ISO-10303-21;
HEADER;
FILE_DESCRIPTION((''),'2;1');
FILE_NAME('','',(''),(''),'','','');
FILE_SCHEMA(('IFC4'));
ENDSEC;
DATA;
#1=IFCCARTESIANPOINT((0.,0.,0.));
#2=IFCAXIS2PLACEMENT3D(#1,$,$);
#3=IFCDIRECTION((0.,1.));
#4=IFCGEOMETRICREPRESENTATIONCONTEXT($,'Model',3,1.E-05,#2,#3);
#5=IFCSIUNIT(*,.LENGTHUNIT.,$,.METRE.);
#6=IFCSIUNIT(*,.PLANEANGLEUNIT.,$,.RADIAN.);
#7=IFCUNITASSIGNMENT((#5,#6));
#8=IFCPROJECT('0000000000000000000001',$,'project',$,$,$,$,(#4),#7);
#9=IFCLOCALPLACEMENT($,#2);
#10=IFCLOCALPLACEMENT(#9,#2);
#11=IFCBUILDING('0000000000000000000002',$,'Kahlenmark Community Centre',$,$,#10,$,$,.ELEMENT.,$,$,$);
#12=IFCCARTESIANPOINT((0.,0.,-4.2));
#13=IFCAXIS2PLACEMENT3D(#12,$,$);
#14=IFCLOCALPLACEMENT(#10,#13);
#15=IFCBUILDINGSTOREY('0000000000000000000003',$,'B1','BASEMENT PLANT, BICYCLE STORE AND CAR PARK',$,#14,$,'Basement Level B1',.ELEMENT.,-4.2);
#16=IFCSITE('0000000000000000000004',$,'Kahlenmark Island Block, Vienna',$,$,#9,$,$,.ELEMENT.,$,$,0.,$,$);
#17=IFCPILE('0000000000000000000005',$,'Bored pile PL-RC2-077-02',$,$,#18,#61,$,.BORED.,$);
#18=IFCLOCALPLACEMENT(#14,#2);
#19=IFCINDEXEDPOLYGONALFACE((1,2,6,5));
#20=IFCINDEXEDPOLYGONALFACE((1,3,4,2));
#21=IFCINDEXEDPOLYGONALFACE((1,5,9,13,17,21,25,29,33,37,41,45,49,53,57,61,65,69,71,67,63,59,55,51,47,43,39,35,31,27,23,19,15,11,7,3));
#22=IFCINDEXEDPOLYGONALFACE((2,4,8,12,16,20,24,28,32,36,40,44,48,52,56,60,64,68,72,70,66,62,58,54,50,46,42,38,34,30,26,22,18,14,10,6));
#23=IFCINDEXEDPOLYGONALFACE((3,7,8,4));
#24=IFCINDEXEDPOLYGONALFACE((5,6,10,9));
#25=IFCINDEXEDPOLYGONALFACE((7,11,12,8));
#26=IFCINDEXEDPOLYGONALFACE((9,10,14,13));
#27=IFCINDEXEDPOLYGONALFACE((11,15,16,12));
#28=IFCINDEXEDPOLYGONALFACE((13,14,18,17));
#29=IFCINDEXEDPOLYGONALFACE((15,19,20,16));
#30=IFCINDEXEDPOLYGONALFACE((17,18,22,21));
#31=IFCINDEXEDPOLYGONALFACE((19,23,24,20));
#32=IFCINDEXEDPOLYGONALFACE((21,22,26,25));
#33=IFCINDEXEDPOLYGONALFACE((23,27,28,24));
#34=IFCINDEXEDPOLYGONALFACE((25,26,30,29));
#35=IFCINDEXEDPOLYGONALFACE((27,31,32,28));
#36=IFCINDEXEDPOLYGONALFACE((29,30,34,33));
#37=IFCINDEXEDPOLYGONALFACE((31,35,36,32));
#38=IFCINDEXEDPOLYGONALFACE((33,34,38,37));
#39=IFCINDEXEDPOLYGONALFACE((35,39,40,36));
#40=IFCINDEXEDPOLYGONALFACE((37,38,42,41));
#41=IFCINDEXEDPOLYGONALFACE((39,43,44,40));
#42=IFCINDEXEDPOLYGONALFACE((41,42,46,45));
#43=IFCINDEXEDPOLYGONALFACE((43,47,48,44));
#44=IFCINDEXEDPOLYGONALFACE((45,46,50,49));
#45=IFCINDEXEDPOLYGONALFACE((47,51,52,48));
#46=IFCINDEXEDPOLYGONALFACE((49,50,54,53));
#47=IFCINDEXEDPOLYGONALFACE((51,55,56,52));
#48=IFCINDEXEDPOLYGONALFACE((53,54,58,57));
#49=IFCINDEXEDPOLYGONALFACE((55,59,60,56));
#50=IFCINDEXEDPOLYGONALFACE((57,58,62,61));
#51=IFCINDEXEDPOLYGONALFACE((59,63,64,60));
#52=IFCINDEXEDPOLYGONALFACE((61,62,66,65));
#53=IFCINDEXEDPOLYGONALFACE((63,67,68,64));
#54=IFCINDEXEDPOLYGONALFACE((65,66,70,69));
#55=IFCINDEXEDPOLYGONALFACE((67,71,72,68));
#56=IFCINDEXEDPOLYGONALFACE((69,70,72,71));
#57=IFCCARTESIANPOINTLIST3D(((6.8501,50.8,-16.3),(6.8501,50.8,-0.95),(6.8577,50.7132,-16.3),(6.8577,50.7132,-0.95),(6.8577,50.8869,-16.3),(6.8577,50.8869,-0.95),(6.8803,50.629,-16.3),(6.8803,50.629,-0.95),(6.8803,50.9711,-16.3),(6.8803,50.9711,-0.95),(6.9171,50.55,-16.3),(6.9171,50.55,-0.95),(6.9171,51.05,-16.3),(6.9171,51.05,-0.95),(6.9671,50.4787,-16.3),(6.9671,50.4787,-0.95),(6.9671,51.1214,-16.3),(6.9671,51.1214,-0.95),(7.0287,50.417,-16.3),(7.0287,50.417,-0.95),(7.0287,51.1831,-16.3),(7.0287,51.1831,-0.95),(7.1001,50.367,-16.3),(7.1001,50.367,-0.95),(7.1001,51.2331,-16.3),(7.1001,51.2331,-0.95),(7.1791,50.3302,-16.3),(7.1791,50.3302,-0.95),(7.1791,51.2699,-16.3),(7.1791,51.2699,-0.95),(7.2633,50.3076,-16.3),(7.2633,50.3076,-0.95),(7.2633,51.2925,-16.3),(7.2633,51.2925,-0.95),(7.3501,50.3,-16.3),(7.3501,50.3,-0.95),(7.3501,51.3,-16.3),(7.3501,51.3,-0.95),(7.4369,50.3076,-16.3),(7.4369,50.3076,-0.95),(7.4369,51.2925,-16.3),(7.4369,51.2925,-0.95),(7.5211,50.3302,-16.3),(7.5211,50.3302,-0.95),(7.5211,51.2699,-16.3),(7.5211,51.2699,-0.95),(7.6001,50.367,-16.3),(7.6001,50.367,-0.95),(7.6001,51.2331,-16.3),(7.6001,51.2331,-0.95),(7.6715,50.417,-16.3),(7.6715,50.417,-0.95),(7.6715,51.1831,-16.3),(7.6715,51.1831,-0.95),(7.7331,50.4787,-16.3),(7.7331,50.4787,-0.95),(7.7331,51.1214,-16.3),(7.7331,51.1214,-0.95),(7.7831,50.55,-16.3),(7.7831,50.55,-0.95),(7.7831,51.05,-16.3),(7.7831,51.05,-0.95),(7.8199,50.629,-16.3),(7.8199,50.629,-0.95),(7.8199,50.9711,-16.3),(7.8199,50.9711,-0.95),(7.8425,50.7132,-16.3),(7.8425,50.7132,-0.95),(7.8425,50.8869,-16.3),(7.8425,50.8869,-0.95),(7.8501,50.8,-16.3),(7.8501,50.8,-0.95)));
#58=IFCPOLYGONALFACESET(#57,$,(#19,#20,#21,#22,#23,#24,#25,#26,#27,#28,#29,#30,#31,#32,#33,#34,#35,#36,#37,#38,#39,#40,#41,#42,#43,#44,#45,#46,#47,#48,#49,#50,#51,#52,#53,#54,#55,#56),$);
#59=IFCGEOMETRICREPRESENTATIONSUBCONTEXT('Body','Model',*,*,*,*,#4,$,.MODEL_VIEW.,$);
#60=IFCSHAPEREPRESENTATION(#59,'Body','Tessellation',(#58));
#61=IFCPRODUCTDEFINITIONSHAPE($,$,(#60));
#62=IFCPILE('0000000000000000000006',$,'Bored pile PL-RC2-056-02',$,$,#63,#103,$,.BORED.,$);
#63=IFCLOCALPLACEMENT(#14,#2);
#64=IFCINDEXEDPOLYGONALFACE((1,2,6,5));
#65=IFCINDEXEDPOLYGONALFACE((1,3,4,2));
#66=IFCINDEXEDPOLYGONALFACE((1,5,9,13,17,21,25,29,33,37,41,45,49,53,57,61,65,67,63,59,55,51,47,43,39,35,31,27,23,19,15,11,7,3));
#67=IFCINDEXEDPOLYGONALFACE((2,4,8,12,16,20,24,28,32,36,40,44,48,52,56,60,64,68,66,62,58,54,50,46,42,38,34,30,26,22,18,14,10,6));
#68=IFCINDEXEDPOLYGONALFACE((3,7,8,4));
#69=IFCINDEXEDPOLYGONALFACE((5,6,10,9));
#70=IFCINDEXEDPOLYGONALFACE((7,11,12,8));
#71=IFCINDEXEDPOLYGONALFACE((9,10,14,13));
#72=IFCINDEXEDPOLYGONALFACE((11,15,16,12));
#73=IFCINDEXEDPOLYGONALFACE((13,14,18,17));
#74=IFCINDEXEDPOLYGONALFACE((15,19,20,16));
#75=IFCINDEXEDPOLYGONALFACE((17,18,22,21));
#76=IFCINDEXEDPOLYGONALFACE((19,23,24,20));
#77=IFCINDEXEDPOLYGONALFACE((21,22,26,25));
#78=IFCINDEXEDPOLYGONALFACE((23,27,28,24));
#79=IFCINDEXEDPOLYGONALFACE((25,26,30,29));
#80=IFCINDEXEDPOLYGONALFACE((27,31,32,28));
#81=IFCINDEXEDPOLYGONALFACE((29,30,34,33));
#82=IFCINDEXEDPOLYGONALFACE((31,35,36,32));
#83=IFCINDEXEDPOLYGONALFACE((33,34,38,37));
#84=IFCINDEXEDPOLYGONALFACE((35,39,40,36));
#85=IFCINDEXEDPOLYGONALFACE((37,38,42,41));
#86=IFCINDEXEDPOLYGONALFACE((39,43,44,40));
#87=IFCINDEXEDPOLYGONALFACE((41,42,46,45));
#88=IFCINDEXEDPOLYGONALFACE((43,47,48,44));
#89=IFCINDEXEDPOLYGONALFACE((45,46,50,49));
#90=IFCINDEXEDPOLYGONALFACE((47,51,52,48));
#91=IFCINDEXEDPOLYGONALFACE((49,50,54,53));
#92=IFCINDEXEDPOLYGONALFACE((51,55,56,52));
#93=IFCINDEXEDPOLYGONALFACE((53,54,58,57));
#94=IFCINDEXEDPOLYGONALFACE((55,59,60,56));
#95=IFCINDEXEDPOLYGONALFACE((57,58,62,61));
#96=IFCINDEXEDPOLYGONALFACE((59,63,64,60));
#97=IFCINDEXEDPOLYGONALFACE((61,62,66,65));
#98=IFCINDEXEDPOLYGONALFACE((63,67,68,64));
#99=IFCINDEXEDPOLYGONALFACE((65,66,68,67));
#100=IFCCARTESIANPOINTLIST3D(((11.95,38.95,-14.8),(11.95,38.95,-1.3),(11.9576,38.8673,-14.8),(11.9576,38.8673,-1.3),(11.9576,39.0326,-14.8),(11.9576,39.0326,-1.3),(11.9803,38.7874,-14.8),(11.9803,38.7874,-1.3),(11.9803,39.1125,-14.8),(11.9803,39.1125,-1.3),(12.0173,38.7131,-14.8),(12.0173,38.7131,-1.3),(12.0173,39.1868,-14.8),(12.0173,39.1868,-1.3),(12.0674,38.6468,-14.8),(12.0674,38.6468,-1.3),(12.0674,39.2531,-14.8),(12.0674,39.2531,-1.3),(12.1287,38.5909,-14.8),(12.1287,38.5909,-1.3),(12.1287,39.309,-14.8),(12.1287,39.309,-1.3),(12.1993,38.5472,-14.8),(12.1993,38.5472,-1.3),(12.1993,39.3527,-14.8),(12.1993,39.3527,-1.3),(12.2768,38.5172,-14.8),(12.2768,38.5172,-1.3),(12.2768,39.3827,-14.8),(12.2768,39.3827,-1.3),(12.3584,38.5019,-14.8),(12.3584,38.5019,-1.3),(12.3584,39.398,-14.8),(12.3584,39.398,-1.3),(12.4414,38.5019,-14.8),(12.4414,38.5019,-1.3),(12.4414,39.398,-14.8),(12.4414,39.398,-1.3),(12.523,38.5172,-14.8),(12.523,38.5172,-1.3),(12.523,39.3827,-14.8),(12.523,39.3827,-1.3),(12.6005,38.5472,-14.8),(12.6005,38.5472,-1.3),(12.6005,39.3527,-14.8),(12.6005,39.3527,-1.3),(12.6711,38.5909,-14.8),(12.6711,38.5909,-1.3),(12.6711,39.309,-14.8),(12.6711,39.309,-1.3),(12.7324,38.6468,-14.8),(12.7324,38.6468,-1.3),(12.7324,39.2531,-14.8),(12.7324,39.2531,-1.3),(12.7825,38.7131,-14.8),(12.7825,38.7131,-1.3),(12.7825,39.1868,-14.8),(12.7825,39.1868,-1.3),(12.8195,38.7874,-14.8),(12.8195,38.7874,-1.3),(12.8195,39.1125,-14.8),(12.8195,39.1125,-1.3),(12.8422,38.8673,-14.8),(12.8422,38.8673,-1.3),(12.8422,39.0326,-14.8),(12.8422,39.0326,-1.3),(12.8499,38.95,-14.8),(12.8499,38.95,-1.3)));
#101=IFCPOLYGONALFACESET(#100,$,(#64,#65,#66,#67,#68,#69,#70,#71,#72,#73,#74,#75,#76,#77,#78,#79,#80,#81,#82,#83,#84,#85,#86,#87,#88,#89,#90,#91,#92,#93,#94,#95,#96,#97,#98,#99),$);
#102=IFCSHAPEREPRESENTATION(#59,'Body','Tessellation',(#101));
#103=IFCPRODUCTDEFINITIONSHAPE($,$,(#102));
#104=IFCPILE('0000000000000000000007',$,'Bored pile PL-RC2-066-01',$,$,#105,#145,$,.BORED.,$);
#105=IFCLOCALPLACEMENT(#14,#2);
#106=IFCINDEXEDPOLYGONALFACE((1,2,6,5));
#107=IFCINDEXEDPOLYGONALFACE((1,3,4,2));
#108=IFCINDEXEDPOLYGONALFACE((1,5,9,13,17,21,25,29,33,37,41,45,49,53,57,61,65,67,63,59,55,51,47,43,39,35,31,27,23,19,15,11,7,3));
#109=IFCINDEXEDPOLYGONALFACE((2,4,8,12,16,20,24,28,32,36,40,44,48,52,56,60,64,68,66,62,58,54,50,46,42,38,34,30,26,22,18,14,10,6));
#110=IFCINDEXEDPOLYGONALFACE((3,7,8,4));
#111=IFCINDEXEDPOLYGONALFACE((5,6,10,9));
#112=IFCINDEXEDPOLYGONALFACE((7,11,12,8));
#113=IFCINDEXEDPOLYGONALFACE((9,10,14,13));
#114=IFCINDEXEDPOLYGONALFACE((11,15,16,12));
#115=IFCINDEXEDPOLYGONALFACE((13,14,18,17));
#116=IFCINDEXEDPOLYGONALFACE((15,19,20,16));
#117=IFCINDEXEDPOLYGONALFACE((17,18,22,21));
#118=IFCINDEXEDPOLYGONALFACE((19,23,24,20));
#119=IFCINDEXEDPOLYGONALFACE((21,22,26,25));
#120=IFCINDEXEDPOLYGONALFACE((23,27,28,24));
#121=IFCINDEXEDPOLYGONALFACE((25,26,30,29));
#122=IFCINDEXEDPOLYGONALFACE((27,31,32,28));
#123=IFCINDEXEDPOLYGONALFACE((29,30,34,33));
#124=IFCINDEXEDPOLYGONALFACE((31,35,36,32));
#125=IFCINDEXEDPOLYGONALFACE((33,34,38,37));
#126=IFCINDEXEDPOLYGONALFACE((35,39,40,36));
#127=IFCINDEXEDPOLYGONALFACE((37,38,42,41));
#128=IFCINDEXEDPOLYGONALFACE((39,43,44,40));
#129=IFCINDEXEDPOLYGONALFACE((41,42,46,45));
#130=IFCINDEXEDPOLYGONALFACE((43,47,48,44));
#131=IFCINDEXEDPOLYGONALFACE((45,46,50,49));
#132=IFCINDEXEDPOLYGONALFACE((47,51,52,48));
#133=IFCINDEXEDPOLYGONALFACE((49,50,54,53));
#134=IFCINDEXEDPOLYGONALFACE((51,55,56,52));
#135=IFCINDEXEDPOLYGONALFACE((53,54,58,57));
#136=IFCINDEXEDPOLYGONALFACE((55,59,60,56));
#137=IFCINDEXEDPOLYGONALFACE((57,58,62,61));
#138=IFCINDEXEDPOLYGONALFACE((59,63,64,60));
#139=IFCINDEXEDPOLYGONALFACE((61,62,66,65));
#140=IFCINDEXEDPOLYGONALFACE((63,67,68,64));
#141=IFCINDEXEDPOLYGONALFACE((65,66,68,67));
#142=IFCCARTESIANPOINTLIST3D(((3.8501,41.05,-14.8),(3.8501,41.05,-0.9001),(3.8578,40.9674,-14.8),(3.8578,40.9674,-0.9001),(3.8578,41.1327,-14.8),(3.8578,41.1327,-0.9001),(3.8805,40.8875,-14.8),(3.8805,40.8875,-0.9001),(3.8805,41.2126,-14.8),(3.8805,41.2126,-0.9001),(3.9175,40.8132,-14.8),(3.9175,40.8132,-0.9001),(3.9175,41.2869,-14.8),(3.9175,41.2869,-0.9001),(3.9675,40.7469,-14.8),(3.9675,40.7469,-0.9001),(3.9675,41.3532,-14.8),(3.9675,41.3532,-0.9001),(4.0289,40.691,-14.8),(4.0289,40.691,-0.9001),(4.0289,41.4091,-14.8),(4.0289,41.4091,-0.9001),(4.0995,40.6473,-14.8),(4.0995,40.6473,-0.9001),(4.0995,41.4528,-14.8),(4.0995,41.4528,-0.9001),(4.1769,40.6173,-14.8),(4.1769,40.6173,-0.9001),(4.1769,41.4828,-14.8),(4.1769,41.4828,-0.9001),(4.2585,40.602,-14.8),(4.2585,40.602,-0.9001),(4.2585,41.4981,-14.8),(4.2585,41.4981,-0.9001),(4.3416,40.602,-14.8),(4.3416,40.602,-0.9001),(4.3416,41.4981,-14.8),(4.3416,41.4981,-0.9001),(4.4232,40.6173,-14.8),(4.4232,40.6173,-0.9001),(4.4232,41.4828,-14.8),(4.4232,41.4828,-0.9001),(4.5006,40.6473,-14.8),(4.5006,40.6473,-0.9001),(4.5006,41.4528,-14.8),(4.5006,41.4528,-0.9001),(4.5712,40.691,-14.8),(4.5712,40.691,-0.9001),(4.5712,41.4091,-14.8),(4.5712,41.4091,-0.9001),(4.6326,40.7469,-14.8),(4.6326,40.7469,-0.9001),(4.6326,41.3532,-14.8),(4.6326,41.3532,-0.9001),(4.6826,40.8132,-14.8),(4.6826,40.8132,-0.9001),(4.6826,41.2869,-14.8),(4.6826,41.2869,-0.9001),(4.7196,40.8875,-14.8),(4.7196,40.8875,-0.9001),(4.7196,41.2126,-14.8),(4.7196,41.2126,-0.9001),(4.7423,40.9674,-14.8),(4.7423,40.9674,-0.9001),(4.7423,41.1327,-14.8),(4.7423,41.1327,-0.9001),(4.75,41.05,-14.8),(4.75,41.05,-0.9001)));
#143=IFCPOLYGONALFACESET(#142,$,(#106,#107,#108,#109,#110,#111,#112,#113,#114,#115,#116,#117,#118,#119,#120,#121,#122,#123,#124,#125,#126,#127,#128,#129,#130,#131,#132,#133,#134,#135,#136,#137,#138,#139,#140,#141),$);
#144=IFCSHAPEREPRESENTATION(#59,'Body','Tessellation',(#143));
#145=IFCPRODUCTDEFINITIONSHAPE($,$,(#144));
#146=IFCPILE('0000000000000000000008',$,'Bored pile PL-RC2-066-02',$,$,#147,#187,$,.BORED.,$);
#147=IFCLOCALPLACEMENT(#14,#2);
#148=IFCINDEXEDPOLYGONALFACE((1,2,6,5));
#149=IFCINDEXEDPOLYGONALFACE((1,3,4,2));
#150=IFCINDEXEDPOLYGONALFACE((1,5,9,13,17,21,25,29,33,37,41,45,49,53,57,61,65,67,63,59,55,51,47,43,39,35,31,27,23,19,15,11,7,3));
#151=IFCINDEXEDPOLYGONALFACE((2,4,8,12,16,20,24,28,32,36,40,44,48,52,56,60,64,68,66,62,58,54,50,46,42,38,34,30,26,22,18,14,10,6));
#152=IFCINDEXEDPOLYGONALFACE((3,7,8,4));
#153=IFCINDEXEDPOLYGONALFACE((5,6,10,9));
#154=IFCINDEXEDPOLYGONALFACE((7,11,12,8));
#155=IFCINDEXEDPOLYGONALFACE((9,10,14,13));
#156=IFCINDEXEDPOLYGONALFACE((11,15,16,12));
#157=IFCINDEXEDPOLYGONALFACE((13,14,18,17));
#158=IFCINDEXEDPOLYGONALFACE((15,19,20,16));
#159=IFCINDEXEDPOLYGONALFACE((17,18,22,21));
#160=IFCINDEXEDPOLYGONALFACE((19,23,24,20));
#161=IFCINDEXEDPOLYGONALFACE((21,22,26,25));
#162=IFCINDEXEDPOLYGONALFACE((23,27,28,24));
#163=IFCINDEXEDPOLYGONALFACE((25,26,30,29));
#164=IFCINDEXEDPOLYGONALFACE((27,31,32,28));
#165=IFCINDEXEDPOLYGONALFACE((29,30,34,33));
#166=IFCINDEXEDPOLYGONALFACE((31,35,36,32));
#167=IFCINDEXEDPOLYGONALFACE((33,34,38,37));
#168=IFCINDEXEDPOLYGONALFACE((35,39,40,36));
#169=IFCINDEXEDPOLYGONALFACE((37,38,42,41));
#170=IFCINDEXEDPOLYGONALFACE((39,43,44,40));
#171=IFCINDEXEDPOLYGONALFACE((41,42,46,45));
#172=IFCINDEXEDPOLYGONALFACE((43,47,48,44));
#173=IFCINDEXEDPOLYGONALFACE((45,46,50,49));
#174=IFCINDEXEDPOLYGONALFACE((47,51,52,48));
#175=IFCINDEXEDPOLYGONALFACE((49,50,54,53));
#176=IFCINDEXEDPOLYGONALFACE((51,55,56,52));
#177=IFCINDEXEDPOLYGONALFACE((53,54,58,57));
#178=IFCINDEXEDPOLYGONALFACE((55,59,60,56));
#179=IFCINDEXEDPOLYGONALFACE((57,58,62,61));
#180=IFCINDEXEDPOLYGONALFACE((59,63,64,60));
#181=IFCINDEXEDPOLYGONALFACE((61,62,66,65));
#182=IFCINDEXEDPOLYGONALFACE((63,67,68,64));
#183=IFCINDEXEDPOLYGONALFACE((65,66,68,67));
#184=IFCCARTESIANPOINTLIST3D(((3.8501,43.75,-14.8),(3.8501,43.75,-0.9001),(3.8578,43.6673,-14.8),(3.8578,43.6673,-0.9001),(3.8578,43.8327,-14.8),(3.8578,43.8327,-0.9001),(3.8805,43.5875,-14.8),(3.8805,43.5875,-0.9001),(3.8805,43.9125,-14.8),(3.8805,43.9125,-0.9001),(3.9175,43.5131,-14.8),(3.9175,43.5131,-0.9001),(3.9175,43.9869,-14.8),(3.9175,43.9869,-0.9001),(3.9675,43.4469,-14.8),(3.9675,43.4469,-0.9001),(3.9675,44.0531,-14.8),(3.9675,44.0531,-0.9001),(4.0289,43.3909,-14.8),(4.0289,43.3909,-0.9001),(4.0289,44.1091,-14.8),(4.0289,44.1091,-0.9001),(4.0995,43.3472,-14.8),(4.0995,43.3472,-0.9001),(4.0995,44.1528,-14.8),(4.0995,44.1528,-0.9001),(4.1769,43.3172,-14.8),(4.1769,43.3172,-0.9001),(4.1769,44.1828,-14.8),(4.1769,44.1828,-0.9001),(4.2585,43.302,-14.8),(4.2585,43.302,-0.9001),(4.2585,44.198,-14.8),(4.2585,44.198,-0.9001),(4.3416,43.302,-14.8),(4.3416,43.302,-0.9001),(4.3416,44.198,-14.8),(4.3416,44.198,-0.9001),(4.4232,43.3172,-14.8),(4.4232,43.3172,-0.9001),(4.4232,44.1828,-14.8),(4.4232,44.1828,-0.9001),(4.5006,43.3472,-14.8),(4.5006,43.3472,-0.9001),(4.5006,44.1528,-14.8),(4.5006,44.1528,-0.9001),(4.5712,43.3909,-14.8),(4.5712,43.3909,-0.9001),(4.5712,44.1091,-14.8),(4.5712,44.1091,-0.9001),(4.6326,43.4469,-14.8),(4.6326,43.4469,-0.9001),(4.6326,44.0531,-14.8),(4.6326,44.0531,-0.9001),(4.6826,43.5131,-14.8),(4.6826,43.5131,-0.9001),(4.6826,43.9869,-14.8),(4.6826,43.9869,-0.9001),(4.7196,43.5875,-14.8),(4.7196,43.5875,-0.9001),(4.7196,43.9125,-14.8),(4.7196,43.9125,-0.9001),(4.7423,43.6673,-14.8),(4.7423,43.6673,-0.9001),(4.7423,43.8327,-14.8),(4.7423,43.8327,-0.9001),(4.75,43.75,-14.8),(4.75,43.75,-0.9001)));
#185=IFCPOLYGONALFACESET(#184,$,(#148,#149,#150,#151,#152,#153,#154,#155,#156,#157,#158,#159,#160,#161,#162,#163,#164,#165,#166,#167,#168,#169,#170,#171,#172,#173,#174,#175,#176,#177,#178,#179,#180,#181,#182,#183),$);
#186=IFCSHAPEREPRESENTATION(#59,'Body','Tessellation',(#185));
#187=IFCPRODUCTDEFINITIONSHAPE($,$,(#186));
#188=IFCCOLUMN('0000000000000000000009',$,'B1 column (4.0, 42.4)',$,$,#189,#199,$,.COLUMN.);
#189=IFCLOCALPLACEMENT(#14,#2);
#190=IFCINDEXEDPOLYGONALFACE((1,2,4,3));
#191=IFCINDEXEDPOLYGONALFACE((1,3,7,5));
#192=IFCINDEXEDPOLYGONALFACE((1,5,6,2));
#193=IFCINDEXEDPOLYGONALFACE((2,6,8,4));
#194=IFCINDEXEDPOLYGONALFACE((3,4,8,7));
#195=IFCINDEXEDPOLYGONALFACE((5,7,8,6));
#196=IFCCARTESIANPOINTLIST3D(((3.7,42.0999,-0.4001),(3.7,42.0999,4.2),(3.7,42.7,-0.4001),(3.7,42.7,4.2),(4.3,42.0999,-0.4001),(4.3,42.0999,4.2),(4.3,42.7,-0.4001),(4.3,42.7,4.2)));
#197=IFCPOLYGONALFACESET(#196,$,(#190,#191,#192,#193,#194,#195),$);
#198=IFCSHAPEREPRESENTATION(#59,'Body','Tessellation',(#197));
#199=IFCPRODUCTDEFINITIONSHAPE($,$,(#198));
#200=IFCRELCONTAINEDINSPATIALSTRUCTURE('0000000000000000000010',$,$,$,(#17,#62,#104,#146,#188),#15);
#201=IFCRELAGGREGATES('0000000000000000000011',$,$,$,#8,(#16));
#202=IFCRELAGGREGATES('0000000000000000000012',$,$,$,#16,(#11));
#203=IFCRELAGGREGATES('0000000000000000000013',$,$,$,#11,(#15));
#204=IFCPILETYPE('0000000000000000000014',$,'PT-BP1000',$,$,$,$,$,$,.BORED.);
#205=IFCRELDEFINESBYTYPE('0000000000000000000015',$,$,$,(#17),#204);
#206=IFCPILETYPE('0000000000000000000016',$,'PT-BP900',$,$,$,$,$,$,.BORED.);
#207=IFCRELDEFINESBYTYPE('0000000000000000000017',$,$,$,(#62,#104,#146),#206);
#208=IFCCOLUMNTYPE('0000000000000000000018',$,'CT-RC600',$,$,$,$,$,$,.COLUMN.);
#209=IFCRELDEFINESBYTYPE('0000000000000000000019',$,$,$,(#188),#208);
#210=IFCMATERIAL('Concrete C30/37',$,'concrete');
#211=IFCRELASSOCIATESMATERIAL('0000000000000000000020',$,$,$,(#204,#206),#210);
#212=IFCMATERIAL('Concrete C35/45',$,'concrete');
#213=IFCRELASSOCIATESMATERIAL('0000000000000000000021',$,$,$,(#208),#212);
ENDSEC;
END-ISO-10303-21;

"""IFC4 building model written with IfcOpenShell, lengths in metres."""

from ifc_helpers import new_model, si_unit, direction, frame, origin, origin_2d, place, context, subcontext, project, spatial, rectangle, circle, extrude, material, material_profile, profile_set, type_object, element, save


model = new_model("IFC4")

# Units and contexts
model_context = context("Model", 3, precision=1e-05, world=origin(), true_north=direction((0.0, 1.0)))
body_context = subcontext(model_context, "Body", "Model", "MODEL_VIEW")
ifc_project = project(units=[si_unit("LENGTHUNIT", "METRE"), si_unit("PLANEANGLEUNIT", "RADIAN")], contexts=[model_context])

# Site, building, storey
site_placement = place(None, origin())
site = spatial("IfcSite", under=ifc_project, at=site_placement, Name="Kahlenmark Island Block, Vienna", CompositionType="ELEMENT", RefElevation=0.0)
building_placement = place(site_placement, origin())
building = spatial("IfcBuilding", under=site, at=building_placement, Name="Kahlenmark Community Centre", CompositionType="ELEMENT")
storey_placement = place(building_placement, frame((0.0, 0.0, -4.2)))
storey = spatial("IfcBuildingStorey", under=building, at=storey_placement, Name="B1", Description="BASEMENT PLANT, BICYCLE STORE AND CAR PARK", LongName="Basement Level B1", CompositionType="ELEMENT", Elevation=-4.2)

# Shared definitions
ifc_material_1 = material(Name="Concrete C30/37", Category="concrete")

# Piles
ifc_material_profile_1 = material_profile(ifc_material_1, circle(Radius=0.5, at=origin_2d()), Name="BORED PILE 1000")
ifc_profile_set_1 = profile_set([ifc_material_profile_1], Name="Concrete C30/37")
pile_type_1 = type_object("IfcPileType", Name="PT-BP1000", PredefinedType="BORED", material=ifc_profile_set_1)
for number, where, z_axis, x_axis, name in (
    (1, (7.3501, 50.8, -0.95), (0.0, 0.0, -1.0), (1.0, 0.0, 0.0), "Bored pile PL-RC2-077-02"),
):
    element("IfcPile", number, at=place(storey_placement, frame(where, z_axis=z_axis, x_axis=x_axis)), inside=storey, type_object=pile_type_1, Name=name, PredefinedType="BORED", context=body_context, shape_type="SweptSolid", body=[
        extrude(circle(Radius=0.5, at=origin_2d()), origin(), (0.0, 0.0, 1.0), 15.3501),
    ])
ifc_material_profile_2 = material_profile(ifc_material_1, circle(Radius=0.45, at=origin_2d()), Name="BORED PILE 900")
ifc_profile_set_2 = profile_set([ifc_material_profile_2], Name="Concrete C30/37")
pile_type_2 = type_object("IfcPileType", Name="PT-BP900", PredefinedType="BORED", material=ifc_profile_set_2)
pile_placement = place(storey_placement, frame((12.3999, 38.95, -1.3), z_axis=(0.0, 0.0, -1.0), x_axis=(1.0, 0.0, 0.0)))
element("IfcPile", 2, at=pile_placement, inside=storey, type_object=pile_type_2, Name="Bored pile PL-RC2-056-02", PredefinedType="BORED", context=body_context, shape_type="SweptSolid", body=[
    extrude(circle(Radius=0.45, at=origin_2d()), origin(), (0.0, 0.0, 1.0), 13.5),
])
for number, where, z_axis, x_axis, name in (
    (3, (4.3, 41.05, -0.9001), (0.0, 0.0, -1.0), (1.0, 0.0, 0.0), "Bored pile PL-RC2-066-01"),
    (4, (4.3, 43.75, -0.9001), (0.0, 0.0, -1.0), (1.0, 0.0, 0.0), "Bored pile PL-RC2-066-02"),
):
    element("IfcPile", number, at=place(storey_placement, frame(where, z_axis=z_axis, x_axis=x_axis)), inside=storey, type_object=pile_type_2, Name=name, PredefinedType="BORED", context=body_context, shape_type="SweptSolid", body=[
        extrude(circle(Radius=0.45, at=origin_2d()), origin(), (0.0, 0.0, 1.0), 13.8999),
    ])

# Column
ifc_material_2 = material(Name="Concrete C35/45", Category="concrete")
ifc_material_profile_3 = material_profile(ifc_material_2, rectangle(XDim=0.6001, YDim=0.6001, at=origin_2d()), Name="RC 600x600")
ifc_profile_set_3 = profile_set([ifc_material_profile_3], Name="Concrete C35/45")
column_type = type_object("IfcColumnType", Name="CT-RC600", PredefinedType="COLUMN", material=ifc_profile_set_3)
for number, where, z_axis, x_axis, name in (
    (5, (4.0, 42.3999, -0.4001), (0.0, 0.0, 1.0), (1.0, 0.0, 0.0), "B1 column (4.0, 42.4)"),
):
    element("IfcColumn", number, at=place(storey_placement, frame(where, z_axis=z_axis, x_axis=x_axis)), inside=storey, type_object=column_type, Name=name, PredefinedType="COLUMN", context=body_context, shape_type="SweptSolid", body=[
        extrude(rectangle(XDim=0.6001, YDim=0.6001, at=origin_2d()), origin(), (0.0, 0.0, 1.0), 4.6001),
    ])

save(model, "model.ifc")
